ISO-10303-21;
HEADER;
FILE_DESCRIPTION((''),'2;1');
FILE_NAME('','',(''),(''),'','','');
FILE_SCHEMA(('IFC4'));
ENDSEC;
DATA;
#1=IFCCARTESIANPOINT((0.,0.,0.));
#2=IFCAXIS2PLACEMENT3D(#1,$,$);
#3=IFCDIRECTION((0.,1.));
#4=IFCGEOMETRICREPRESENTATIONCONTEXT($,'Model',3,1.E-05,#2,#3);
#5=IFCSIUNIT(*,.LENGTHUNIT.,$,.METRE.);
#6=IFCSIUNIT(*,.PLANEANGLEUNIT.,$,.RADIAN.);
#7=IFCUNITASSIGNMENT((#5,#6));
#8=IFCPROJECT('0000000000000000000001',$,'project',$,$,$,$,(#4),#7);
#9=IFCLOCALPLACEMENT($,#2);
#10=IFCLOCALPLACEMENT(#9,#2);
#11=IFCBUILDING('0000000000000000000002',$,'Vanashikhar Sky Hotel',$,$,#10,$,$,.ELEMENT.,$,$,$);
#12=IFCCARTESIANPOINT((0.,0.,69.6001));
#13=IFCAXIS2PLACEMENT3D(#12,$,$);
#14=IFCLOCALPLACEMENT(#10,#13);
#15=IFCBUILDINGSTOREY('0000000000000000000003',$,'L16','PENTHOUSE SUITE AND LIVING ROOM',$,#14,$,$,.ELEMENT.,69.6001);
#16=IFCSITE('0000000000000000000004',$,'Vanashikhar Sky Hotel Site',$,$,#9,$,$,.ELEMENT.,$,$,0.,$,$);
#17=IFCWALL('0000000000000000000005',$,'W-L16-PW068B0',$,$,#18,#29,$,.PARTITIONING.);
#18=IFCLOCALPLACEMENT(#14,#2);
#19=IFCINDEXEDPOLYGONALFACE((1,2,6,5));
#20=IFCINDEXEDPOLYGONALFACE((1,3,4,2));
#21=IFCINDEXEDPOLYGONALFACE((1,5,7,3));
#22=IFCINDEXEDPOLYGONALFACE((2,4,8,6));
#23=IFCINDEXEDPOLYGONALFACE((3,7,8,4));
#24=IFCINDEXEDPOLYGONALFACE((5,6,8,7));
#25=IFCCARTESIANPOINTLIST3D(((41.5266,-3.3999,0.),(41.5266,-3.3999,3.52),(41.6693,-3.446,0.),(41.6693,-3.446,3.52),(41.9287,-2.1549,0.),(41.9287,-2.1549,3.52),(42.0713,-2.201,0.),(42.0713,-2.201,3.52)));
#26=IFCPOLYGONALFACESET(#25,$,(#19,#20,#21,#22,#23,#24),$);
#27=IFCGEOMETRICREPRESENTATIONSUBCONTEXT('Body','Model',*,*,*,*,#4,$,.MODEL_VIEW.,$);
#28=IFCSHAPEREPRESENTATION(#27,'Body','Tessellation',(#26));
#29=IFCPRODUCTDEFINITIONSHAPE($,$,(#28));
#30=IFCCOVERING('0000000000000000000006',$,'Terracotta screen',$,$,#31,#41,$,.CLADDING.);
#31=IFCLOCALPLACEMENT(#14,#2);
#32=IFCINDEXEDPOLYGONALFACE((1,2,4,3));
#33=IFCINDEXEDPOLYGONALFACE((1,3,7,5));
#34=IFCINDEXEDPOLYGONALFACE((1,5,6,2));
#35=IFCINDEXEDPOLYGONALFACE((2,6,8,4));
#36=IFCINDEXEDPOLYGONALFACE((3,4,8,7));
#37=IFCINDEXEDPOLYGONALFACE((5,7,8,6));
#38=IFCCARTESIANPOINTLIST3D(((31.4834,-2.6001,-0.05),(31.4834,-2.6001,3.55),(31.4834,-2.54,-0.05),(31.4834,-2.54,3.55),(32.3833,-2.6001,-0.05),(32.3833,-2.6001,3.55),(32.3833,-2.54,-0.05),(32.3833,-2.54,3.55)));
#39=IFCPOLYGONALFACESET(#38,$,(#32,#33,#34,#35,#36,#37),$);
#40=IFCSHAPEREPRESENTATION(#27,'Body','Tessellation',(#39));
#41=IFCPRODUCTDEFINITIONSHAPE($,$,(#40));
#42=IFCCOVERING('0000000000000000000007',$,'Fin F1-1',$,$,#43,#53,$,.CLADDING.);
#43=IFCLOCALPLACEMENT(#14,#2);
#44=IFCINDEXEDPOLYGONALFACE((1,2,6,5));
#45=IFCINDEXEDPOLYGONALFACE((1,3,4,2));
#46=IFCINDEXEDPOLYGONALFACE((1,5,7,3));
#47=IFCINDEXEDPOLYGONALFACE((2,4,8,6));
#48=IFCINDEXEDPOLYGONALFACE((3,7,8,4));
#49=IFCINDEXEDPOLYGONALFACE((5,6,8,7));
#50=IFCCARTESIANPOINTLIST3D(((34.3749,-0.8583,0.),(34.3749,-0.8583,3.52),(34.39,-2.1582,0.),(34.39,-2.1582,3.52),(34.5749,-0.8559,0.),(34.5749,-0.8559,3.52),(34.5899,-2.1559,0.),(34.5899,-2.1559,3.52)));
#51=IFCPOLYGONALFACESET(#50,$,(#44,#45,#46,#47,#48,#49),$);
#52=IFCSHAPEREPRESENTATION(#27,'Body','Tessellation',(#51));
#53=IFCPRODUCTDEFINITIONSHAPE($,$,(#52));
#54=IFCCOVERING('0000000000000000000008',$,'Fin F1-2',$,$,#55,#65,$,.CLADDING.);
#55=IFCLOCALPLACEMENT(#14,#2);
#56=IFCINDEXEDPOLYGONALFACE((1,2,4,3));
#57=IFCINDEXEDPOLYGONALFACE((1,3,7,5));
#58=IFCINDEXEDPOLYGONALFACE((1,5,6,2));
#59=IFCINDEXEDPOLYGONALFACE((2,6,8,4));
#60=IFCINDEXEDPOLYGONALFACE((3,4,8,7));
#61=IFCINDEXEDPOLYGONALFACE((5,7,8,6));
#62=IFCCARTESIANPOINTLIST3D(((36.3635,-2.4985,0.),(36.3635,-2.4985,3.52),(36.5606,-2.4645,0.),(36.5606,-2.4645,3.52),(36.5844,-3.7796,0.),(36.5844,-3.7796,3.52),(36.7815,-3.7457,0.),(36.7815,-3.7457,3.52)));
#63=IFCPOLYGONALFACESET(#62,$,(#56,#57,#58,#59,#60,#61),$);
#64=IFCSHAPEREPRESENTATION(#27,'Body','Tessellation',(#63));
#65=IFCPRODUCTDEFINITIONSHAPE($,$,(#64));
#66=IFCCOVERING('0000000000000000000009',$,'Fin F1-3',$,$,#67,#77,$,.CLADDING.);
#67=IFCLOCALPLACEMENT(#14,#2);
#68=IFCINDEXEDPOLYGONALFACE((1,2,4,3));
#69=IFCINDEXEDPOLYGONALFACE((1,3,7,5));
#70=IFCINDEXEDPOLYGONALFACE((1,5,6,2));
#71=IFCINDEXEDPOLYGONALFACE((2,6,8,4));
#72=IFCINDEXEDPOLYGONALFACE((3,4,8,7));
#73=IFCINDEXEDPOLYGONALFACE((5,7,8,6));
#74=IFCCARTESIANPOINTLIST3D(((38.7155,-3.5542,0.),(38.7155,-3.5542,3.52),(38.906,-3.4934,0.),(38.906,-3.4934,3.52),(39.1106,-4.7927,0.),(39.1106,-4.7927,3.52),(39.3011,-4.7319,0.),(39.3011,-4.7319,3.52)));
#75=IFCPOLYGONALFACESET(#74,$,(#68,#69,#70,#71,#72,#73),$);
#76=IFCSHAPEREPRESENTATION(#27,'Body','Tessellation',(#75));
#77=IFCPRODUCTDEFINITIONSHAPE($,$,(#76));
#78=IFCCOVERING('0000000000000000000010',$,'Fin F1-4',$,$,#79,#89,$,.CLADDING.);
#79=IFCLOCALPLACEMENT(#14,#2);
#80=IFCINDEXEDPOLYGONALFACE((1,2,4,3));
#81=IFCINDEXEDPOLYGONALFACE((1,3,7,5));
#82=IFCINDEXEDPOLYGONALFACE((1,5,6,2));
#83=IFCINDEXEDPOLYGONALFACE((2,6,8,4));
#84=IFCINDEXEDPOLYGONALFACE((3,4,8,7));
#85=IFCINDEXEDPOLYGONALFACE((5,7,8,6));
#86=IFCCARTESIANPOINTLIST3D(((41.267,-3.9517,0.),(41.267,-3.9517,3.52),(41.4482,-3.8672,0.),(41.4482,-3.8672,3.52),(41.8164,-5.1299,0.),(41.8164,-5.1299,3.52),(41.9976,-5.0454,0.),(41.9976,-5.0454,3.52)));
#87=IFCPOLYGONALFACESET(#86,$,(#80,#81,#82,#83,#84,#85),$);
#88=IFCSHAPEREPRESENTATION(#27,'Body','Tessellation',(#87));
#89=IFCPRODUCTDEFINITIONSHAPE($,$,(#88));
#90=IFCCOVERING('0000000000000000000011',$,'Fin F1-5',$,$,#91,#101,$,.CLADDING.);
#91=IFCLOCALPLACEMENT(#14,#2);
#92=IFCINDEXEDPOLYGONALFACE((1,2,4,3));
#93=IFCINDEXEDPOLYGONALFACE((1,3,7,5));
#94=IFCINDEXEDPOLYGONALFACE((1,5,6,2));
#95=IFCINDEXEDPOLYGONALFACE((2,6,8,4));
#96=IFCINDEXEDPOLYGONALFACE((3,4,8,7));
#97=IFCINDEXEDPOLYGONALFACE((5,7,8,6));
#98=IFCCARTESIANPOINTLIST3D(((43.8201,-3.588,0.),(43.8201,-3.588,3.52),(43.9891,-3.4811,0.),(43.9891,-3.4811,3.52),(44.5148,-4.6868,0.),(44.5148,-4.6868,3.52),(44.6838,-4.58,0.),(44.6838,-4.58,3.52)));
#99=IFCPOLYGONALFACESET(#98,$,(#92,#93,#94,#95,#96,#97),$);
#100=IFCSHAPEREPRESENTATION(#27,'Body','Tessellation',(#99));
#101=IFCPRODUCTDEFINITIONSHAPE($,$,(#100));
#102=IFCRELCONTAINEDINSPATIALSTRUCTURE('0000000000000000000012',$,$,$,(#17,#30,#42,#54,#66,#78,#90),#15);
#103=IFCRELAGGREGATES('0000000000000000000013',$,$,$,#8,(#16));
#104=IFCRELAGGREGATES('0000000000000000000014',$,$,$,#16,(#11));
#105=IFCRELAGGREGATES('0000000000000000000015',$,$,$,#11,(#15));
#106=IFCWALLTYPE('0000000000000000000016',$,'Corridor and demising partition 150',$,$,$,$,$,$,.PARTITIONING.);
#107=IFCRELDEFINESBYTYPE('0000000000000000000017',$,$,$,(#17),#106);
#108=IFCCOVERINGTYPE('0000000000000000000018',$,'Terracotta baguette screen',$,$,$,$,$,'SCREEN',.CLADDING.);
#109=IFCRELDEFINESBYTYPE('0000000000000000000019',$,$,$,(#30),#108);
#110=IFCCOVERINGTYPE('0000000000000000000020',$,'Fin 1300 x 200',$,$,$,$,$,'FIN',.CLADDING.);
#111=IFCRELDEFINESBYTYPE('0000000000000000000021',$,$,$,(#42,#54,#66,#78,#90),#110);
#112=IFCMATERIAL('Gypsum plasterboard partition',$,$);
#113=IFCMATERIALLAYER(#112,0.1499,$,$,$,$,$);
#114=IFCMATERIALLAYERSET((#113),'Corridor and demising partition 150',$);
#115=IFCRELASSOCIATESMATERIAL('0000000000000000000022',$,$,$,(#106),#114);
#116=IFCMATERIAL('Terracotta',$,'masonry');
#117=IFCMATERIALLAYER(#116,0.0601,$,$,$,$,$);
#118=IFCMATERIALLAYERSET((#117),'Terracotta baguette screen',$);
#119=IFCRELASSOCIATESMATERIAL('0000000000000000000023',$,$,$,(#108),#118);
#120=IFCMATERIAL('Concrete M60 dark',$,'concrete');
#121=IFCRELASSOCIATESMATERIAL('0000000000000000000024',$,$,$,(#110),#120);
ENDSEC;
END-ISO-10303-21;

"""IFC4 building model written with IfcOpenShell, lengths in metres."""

from ifc_helpers import new_model, si_unit, direction, frame, frame_2d, origin, origin_2d, place, context, subcontext, project, spatial, rectangle, extrude, source, transform, mapped, material, layer, layer_set, material_profile, profile_set, type_object, element, save


model = new_model("IFC4")

# Units and contexts
model_context = context("Model", 3, precision=1e-05, world=origin(), true_north=direction((0.0, 1.0)))
body_context = subcontext(model_context, "Body", "Model", "MODEL_VIEW")
ifc_project = project(units=[si_unit("LENGTHUNIT", "METRE"), si_unit("PLANEANGLEUNIT", "RADIAN")], contexts=[model_context])

# Site, building, storey
site_placement = place(None, origin())
site = spatial("IfcSite", under=ifc_project, at=site_placement, Name="Vanashikhar Sky Hotel Site", CompositionType="ELEMENT", RefElevation=0.0)
building_placement = place(site_placement, origin())
building = spatial("IfcBuilding", under=site, at=building_placement, Name="Vanashikhar Sky Hotel", CompositionType="ELEMENT")
storey_placement = place(building_placement, frame((0.0, 0.0, 69.6001)))
storey = spatial("IfcBuildingStorey", under=building, at=storey_placement, Name="L16", Description="PENTHOUSE SUITE AND LIVING ROOM", CompositionType="ELEMENT", Elevation=69.6001)

# Wall
ifc_material_1 = material(Name="Gypsum plasterboard partition")
ifc_layer_1 = layer(ifc_material_1, 0.1499)
ifc_layer_set_1 = layer_set([ifc_layer_1], Name="Corridor and demising partition 150")
wall_type_1 = type_object("IfcWallType", Name="Corridor and demising partition 150", PredefinedType="PARTITIONING", material=ifc_layer_set_1)
shared_shape_1 = source(origin(), body_context, "Body", "SweptSolid", [
    extrude(rectangle(XDim=1.3083, YDim=0.1499, at=frame_2d((0.6543, 0.0))), origin(), (0.0, 0.0, 1.0), 3.52),
])
wall_1_placement = place(storey_placement, frame((41.5979, -3.4231, 0.0), z_axis=(0.0, 0.0, 1.0), x_axis=(0.307314, 0.951608, 0.0)))
element("IfcWall", 1, at=wall_1_placement, inside=storey, type_object=wall_type_1, Name="W-L16-PW068B0", PredefinedType="PARTITIONING", context=body_context, shape_type="MappedRepresentation", body=[
    mapped(shared_shape_1, transform((0.0, 0.0, 0.0), scale=1.0)),
])

# Coverings
ifc_material_2 = material(Name="Terracotta", Category="masonry")
ifc_layer_2 = layer(ifc_material_2, 0.0601)
ifc_layer_set_2 = layer_set([ifc_layer_2], Name="Terracotta baguette screen")
covering_type_1 = type_object("IfcCoveringType", Name="Terracotta baguette screen", ElementType="SCREEN", PredefinedType="CLADDING", material=ifc_layer_set_2)
shared_shape_2 = source(origin(), body_context, "Body", "SweptSolid", [
    extrude(rectangle(XDim=0.8999, YDim=0.0601, at=origin_2d()), origin(), (0.0, 0.0, 1.0), 3.6001),
])
covering_placement = place(storey_placement, frame((31.9333, -2.5701, -0.05), z_axis=(0.0, 0.0, 1.0), x_axis=(1.0, 0.0, 0.0)))
element("IfcCovering", 2, at=covering_placement, inside=storey, type_object=covering_type_1, Name="Terracotta screen", PredefinedType="CLADDING", context=body_context, shape_type="MappedRepresentation", body=[
    mapped(shared_shape_2, transform((0.0, 0.0, 0.0), scale=1.0)),
])
ifc_material_3 = material(Name="Concrete M60 dark", Category="concrete")
ifc_material_profile = material_profile(ifc_material_3, rectangle(XDim=1.3, YDim=0.2, at=origin_2d()))
ifc_profile_set = profile_set([ifc_material_profile], Name="Fin 1300 x 200")
covering_type_2 = type_object("IfcCoveringType", Name="Fin 1300 x 200", ElementType="FIN", PredefinedType="CLADDING", material=ifc_profile_set)
shared_shape_3 = source(origin(), body_context, "Body", "SweptSolid", [
    extrude(rectangle(XDim=1.3, YDim=0.2, at=origin_2d()), origin(), (0.0, 0.0, 1.0), 3.52),
])
for number, where, z_axis, x_axis, name in (
    (3, (34.4824, -1.5071, 0.0), (0.0, 0.0, 1.0), (0.011589, -0.999933, 0.0), "Fin F1-1"),
    (4, (36.5725, -3.1221, 0.0), (0.0, 0.0, 1.0), (0.1699, -0.985461, 0.0), "Fin F1-2"),
    (5, (39.0083, -4.1431, 0.0), (0.0, 0.0, 1.0), (0.303967, -0.952683, 0.0), "Fin F1-3"),
    (6, (41.6323, -4.4985, 0.0), (0.0, 0.0, 1.0), (0.422618, -0.906308, 0.0), "Fin F1-4"),
    (7, (44.252, -4.084, 0.0), (0.0, 0.0, 1.0), (0.534411, -0.845225, 0.0), "Fin F1-5"),
):
    element("IfcCovering", number, at=place(storey_placement, frame(where, z_axis=z_axis, x_axis=x_axis)), inside=storey, type_object=covering_type_2, Name=name, PredefinedType="CLADDING", context=body_context, shape_type="MappedRepresentation", body=[
        mapped(shared_shape_3, transform((0.0, 0.0, 0.0), scale=1.0)),
    ])

save(model, "model.ifc")
